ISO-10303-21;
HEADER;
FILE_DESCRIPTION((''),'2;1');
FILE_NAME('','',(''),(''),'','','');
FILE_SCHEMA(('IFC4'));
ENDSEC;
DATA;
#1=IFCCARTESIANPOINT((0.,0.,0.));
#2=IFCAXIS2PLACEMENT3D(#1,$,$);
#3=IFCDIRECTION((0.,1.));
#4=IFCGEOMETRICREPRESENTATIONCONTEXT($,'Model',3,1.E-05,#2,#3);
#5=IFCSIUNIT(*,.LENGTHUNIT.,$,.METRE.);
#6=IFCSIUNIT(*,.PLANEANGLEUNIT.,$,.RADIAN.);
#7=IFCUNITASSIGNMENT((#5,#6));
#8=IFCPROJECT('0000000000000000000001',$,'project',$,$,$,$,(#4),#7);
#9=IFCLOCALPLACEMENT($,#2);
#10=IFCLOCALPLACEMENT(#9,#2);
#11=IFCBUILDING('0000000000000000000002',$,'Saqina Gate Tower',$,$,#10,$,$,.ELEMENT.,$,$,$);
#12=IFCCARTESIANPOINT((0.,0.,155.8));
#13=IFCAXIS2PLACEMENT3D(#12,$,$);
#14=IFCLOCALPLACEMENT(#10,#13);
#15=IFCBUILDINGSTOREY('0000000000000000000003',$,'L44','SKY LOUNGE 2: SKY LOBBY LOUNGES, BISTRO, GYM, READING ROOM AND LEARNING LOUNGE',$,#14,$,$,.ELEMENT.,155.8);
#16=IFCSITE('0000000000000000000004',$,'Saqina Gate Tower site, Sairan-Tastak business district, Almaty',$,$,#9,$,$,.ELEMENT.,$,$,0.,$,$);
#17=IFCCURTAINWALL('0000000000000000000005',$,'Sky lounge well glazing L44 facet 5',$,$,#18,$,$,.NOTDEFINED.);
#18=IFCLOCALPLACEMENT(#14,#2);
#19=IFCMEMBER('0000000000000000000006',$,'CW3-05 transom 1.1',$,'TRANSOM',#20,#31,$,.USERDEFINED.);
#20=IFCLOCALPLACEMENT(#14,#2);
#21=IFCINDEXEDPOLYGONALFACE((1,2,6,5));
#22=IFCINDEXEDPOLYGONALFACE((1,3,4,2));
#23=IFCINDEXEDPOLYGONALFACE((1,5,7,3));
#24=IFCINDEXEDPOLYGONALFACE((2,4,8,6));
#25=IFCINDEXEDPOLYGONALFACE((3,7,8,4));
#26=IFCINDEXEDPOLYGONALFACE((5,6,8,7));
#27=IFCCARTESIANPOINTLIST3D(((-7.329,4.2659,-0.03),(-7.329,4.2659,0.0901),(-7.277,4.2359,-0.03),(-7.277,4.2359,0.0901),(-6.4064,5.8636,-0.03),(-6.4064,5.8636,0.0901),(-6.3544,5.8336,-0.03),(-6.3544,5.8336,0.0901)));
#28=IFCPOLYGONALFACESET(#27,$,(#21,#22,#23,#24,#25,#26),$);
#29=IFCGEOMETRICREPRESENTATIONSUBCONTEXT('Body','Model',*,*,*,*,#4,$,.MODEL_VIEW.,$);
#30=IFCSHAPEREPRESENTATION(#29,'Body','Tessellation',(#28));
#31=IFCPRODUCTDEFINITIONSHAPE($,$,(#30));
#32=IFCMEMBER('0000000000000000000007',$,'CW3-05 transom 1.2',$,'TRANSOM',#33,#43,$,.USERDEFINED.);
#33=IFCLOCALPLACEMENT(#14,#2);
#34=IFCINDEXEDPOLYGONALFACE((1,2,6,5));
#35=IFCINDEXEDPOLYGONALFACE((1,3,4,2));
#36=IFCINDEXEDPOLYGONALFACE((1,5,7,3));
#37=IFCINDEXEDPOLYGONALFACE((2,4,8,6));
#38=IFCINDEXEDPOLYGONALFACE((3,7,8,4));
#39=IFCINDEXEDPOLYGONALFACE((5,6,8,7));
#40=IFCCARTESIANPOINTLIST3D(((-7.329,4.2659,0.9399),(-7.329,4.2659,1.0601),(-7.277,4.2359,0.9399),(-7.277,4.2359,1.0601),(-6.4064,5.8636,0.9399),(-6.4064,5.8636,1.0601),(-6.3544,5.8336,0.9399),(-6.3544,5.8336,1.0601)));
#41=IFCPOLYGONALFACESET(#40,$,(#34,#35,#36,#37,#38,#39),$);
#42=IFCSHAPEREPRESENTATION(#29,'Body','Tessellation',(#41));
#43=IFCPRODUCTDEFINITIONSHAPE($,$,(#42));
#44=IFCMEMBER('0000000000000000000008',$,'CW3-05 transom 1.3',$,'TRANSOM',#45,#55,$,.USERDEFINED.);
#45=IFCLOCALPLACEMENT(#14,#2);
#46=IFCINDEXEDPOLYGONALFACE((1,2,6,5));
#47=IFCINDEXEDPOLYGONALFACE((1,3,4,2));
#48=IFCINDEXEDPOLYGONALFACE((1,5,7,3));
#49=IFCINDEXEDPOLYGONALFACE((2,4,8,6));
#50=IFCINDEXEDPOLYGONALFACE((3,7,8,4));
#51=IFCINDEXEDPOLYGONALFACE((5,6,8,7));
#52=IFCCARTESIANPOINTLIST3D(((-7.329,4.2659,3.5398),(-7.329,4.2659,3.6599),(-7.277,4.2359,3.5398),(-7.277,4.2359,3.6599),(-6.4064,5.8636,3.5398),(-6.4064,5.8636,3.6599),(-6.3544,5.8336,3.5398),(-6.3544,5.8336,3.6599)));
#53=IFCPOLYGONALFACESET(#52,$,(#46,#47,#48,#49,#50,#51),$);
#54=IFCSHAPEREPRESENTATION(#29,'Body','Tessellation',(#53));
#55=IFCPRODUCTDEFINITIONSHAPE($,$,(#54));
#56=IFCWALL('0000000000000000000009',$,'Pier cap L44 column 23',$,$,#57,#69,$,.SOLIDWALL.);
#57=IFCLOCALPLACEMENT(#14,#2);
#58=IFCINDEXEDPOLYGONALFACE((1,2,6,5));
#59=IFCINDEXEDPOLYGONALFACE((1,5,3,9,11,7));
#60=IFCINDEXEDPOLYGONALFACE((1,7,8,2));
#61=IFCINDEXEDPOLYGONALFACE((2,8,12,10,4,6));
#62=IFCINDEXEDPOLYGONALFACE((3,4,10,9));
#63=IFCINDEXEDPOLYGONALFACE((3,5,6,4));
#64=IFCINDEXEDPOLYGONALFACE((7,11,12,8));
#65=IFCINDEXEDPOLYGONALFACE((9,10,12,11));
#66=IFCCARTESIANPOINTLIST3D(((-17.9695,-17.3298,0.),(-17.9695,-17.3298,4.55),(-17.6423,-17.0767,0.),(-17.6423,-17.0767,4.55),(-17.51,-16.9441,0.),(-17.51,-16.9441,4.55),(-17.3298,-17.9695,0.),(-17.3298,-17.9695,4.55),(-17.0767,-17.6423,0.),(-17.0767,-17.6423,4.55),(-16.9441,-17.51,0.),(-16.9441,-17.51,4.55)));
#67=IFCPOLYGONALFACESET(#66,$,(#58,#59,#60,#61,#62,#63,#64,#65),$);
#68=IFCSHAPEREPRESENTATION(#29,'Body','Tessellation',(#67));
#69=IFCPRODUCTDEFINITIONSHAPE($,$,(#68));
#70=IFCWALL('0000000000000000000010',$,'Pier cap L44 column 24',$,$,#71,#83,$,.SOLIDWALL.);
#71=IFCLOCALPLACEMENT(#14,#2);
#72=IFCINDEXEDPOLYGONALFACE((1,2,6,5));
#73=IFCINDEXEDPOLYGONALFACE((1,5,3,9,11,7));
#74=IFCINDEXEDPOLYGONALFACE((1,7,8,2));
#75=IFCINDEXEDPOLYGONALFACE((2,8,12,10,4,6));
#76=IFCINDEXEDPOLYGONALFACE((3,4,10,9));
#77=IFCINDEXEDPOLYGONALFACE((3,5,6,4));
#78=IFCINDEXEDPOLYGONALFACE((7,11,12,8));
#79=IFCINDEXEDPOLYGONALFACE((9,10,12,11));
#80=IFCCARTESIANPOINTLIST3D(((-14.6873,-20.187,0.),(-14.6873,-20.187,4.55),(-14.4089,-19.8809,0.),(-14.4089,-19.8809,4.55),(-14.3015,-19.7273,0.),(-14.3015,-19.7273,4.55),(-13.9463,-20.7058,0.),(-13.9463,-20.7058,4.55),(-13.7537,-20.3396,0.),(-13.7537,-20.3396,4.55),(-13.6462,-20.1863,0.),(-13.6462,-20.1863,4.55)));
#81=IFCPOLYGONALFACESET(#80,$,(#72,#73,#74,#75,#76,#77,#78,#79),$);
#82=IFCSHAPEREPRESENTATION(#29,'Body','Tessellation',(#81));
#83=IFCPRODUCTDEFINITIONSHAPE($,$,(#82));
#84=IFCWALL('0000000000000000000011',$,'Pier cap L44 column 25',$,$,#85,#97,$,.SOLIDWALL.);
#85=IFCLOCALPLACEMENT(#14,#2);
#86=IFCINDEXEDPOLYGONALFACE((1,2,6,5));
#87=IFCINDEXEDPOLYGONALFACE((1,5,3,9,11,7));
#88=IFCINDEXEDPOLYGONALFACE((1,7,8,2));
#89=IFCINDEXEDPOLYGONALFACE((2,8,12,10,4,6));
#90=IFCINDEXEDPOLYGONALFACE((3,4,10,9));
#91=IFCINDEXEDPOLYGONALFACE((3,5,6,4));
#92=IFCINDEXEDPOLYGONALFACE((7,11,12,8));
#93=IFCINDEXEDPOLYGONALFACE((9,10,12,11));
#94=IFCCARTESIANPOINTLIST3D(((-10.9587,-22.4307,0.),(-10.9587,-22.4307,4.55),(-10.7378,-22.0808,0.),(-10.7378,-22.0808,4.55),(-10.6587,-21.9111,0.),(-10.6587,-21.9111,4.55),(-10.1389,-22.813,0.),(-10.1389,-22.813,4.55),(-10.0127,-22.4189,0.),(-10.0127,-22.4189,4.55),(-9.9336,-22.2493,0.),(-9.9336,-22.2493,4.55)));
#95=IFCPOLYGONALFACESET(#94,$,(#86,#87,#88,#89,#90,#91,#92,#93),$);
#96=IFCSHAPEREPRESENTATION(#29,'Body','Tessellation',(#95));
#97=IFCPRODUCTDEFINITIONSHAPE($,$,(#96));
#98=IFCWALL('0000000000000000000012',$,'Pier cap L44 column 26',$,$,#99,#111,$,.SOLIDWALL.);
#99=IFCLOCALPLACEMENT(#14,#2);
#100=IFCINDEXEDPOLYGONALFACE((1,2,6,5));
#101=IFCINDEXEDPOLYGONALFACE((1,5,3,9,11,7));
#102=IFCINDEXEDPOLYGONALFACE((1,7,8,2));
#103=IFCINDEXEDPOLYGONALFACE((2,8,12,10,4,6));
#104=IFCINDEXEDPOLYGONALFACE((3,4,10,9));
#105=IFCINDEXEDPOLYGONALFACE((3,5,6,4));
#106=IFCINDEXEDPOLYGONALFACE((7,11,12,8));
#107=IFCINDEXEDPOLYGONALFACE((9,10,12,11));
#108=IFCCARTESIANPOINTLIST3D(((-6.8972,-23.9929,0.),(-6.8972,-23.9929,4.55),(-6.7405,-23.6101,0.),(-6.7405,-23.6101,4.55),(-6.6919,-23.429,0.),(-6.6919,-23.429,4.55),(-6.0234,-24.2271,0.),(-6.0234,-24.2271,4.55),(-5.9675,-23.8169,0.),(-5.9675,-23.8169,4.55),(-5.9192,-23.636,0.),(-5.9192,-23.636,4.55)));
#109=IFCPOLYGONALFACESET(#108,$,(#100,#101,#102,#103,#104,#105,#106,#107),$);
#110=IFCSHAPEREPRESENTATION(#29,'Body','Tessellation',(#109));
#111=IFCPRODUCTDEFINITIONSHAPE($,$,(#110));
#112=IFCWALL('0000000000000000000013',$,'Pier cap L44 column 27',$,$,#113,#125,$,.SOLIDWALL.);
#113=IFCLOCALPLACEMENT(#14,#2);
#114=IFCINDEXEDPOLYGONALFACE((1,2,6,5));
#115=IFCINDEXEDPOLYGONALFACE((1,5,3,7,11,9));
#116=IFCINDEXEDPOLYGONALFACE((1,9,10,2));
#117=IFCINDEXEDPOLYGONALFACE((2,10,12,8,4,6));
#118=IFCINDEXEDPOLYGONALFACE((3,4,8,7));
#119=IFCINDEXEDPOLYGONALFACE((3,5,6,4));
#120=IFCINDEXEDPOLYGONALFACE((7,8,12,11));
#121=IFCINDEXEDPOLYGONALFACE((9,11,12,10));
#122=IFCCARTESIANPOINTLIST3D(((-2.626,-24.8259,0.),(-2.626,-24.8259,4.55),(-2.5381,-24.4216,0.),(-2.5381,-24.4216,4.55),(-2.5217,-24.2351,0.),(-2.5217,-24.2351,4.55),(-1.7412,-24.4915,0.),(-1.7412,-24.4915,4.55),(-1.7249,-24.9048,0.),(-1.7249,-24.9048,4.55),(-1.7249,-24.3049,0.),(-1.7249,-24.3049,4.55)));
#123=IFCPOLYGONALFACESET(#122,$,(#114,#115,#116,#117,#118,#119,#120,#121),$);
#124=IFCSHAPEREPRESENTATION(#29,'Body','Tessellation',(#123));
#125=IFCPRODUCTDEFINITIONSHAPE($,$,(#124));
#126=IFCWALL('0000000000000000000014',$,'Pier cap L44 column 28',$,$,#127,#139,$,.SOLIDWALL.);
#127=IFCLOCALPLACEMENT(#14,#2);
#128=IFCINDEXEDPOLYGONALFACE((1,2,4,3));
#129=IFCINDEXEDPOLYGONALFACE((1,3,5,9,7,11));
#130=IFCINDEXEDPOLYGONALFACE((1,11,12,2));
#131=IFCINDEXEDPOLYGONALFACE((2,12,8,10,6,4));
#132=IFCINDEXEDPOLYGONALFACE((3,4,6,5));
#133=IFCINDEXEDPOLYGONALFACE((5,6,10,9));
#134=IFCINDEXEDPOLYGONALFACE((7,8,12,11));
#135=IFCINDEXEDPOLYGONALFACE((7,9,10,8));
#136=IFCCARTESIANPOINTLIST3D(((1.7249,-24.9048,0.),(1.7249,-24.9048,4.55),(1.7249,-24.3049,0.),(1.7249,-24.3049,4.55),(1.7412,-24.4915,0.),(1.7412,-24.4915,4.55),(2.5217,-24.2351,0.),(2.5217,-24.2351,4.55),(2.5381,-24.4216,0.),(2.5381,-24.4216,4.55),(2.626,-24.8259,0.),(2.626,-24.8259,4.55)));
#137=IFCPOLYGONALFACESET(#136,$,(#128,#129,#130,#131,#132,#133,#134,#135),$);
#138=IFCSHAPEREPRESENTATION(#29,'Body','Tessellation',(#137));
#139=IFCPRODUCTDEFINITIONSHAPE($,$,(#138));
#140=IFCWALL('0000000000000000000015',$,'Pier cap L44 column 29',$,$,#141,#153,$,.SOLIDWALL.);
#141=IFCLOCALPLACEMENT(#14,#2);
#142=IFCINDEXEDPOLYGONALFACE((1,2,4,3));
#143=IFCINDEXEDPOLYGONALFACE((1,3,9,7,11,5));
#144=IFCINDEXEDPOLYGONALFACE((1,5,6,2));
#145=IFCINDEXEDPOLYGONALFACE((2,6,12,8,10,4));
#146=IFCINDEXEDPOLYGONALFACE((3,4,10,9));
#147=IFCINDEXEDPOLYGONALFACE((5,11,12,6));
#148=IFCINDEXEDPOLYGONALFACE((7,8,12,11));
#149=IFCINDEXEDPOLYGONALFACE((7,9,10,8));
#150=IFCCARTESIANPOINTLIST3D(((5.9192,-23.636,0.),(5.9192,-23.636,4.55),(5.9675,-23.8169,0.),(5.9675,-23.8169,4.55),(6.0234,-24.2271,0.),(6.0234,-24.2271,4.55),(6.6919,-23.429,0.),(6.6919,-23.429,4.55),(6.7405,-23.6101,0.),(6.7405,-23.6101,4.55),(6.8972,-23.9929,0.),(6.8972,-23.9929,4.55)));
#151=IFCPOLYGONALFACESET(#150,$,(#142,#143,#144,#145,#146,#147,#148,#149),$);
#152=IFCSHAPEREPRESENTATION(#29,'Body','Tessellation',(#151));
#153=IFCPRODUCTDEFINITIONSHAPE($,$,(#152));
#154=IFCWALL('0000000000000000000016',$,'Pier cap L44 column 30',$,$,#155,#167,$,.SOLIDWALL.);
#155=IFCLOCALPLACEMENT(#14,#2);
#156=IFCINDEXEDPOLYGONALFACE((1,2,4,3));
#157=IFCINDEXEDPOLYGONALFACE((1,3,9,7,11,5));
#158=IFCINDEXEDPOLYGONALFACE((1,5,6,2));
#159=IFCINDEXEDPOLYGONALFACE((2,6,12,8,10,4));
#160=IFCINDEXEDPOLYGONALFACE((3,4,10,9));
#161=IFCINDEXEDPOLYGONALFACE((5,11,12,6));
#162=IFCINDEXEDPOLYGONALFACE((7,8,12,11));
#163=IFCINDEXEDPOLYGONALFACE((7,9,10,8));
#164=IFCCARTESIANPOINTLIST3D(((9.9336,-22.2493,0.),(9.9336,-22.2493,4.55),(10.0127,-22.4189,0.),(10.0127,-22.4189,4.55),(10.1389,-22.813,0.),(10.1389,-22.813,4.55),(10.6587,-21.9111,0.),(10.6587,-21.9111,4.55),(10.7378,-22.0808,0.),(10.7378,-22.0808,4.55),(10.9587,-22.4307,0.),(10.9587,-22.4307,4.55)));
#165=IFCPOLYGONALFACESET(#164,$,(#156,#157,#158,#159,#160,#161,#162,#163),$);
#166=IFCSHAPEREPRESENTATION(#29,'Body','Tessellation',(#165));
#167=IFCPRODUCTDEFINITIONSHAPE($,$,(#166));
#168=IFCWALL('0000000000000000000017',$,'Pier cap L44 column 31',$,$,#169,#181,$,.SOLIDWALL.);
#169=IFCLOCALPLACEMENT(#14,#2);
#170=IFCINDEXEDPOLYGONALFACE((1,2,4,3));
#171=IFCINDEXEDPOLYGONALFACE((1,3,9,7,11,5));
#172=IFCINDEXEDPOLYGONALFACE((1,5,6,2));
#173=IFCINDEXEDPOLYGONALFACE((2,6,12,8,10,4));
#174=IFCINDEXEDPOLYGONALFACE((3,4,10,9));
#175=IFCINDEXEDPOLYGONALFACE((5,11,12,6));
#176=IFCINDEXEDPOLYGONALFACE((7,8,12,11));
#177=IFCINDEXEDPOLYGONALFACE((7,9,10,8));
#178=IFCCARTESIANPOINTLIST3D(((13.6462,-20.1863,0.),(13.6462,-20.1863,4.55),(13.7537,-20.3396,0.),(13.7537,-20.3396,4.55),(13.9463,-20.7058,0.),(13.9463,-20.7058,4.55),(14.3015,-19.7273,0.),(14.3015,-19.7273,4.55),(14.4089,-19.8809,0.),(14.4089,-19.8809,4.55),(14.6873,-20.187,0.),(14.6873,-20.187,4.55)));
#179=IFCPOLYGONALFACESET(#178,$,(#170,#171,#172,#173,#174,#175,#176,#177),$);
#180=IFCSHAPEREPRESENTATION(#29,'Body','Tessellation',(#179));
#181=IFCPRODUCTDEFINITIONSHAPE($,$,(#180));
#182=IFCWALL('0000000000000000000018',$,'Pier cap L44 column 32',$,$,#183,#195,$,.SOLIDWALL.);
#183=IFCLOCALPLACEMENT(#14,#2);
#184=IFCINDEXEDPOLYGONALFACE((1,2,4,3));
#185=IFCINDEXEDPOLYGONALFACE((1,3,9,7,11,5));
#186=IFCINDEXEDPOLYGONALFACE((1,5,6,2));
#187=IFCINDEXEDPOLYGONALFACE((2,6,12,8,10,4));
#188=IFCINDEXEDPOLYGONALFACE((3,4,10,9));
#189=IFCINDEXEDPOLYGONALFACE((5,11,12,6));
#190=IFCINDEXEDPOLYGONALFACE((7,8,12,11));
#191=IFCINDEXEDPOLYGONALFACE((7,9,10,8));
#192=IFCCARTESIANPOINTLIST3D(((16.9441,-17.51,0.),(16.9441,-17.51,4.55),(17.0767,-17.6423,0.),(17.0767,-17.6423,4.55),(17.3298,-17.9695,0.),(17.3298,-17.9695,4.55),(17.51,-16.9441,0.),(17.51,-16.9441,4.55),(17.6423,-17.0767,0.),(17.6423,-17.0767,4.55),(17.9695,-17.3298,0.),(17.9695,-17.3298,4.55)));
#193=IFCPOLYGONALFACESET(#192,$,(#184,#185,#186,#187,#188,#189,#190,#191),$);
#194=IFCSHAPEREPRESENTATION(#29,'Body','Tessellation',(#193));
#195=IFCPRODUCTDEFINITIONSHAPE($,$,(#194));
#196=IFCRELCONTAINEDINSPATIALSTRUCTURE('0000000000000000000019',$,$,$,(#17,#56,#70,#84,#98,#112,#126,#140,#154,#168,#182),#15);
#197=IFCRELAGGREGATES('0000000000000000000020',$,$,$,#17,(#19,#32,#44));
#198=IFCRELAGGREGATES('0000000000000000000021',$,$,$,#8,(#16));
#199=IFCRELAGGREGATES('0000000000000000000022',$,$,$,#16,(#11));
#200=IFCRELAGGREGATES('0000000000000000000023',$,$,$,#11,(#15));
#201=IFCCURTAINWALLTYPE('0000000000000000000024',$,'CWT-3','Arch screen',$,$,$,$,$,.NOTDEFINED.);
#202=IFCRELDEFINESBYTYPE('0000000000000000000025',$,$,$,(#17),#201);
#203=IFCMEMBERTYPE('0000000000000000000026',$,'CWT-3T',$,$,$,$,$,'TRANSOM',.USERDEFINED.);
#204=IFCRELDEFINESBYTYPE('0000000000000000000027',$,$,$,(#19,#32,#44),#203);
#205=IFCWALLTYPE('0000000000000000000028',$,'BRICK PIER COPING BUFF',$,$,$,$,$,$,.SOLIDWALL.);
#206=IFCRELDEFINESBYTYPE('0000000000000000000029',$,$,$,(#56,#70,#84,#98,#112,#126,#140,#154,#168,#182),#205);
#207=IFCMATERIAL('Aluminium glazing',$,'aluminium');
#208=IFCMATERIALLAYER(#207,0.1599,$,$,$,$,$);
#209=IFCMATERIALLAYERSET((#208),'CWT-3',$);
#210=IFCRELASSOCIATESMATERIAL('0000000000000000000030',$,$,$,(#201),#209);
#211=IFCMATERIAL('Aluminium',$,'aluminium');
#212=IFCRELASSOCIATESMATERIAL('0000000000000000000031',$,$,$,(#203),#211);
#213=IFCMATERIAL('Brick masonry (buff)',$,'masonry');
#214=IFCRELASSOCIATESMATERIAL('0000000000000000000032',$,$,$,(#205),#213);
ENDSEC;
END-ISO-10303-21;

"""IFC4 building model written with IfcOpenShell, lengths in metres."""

from ifc_helpers import new_model, si_unit, direction, frame, origin, origin_2d, place, context, subcontext, project, spatial, polyline, rectangle, outline, extrude, material, layer, layer_set, material_profile, profile_set, type_object, element, aggregate, save


model = new_model("IFC4")

# Units and contexts
model_context = context("Model", 3, precision=1e-05, world=origin(), true_north=direction((0.0, 1.0)))
body_context = subcontext(model_context, "Body", "Model", "MODEL_VIEW")
ifc_project = project(units=[si_unit("LENGTHUNIT", "METRE"), si_unit("PLANEANGLEUNIT", "RADIAN")], contexts=[model_context])

# Site, building, storey
site_placement = place(None, origin())
site = spatial("IfcSite", under=ifc_project, at=site_placement, Name="Saqina Gate Tower site, Sairan-Tastak business district, Almaty", CompositionType="ELEMENT", RefElevation=0.0)
building_placement = place(site_placement, origin())
building = spatial("IfcBuilding", under=site, at=building_placement, Name="Saqina Gate Tower", CompositionType="ELEMENT")
storey_placement = place(building_placement, frame((0.0, 0.0, 155.8)))
storey = spatial("IfcBuildingStorey", under=building, at=storey_placement, Name="L44", Description="SKY LOUNGE 2: SKY LOBBY LOUNGES, BISTRO, GYM, READING ROOM AND LEARNING LOUNGE", CompositionType="ELEMENT", Elevation=155.8)

# Curtain wall, members
ifc_material_1 = material(Name="Aluminium glazing", Category="aluminium")
ifc_layer = layer(ifc_material_1, 0.1599)
ifc_layer_set = layer_set([ifc_layer], Name="CWT-3")
curtain_wall_type = type_object("IfcCurtainWallType", Name="CWT-3", Description="Arch screen", PredefinedType="NOTDEFINED", material=ifc_layer_set)
curtain_wall_placement = place(storey_placement, origin())
curtain_wall = element("IfcCurtainWall", 1, at=curtain_wall_placement, inside=storey, type_object=curtain_wall_type, Name="Sky lounge well glazing L44 facet 5", PredefinedType="NOTDEFINED")
ifc_material_2 = material(Name="Aluminium", Category="aluminium")
ifc_material_profile = material_profile(ifc_material_2, rectangle(XDim=0.0601, YDim=0.1201, at=origin_2d()), Name="Aluminium 60x120")
ifc_profile_set = profile_set([ifc_material_profile], Name="Aluminium")
member_type = type_object("IfcMemberType", Name="CWT-3T", ElementType="TRANSOM", PredefinedType="USERDEFINED", material=ifc_profile_set)
member_1_placement = place(storey_placement, frame((-6.3804, 5.8486, 0.03), z_axis=(-0.500081, -0.865978, 0.0), x_axis=(0.865978, -0.500081, 0.0)))
member_1 = element("IfcMember", 2, at=member_1_placement, type_object=member_type, Name="CW3-05 transom 1.1", ObjectType="TRANSOM", PredefinedType="USERDEFINED", context=body_context, shape_type="SweptSolid", body=[
    extrude(rectangle(XDim=0.0601, YDim=0.1201, at=origin_2d()), origin(), (0.0, 0.0, 1.0), 1.845),
])
member_2_placement = place(storey_placement, frame((-6.3804, 5.8486, 1.0), z_axis=(-0.500081, -0.865978, 0.0), x_axis=(0.865978, -0.500081, 0.0)))
member_2 = element("IfcMember", 3, at=member_2_placement, type_object=member_type, Name="CW3-05 transom 1.2", ObjectType="TRANSOM", PredefinedType="USERDEFINED", context=body_context, shape_type="SweptSolid", body=[
    extrude(rectangle(XDim=0.0601, YDim=0.1201, at=origin_2d()), origin(), (0.0, 0.0, 1.0), 1.845),
])
member_3_placement = place(storey_placement, frame((-6.3804, 5.8486, 3.5999), z_axis=(-0.500081, -0.865978, 0.0), x_axis=(0.865978, -0.500081, 0.0)))
member_3 = element("IfcMember", 4, at=member_3_placement, type_object=member_type, Name="CW3-05 transom 1.3", ObjectType="TRANSOM", PredefinedType="USERDEFINED", context=body_context, shape_type="SweptSolid", body=[
    extrude(rectangle(XDim=0.0601, YDim=0.1201, at=origin_2d()), origin(), (0.0, 0.0, 1.0), 1.845),
])
aggregate(curtain_wall, [member_1, member_2, member_3])

# Walls
ifc_material_3 = material(Name="Brick masonry (buff)", Category="masonry")
wall_type_1 = type_object("IfcWallType", Name="BRICK PIER COPING BUFF", PredefinedType="SOLIDWALL", material=ifc_material_3)
wall_1_placement = place(storey_placement, origin())
element("IfcWall", 5, at=wall_1_placement, inside=storey, type_object=wall_type_1, Name="Pier cap L44 column 23", PredefinedType="SOLIDWALL", context=body_context, shape_type="SweptSolid", body=[
    extrude(outline(polyline([(-17.3298, -17.9695), (-16.9441, -17.51), (-17.0767, -17.6423), (-17.6423, -17.0767), (-17.51, -16.9441), (-17.9695, -17.3298), (-17.3298, -17.9695)])), origin(), (0.0, 0.0, 1.0), 4.55),
])
wall_2_placement = place(storey_placement, origin())
element("IfcWall", 6, at=wall_2_placement, inside=storey, type_object=wall_type_1, Name="Pier cap L44 column 24", PredefinedType="SOLIDWALL", context=body_context, shape_type="SweptSolid", body=[
    extrude(outline(polyline([(-14.6873, -20.187), (-13.9463, -20.7058), (-13.6462, -20.1863), (-13.7537, -20.3396), (-14.4089, -19.8809), (-14.3015, -19.7273), (-14.6873, -20.187)])), origin(), (0.0, 0.0, 1.0), 4.55),
])
wall_3_placement = place(storey_placement, origin())
element("IfcWall", 7, at=wall_3_placement, inside=storey, type_object=wall_type_1, Name="Pier cap L44 column 25", PredefinedType="SOLIDWALL", context=body_context, shape_type="SweptSolid", body=[
    extrude(outline(polyline([(-10.1389, -22.813), (-9.9336, -22.2493), (-10.0127, -22.4189), (-10.7378, -22.0808), (-10.6587, -21.9111), (-10.9587, -22.4307), (-10.1389, -22.813)])), origin(), (0.0, 0.0, 1.0), 4.55),
])
wall_4_placement = place(storey_placement, origin())
element("IfcWall", 8, at=wall_4_placement, inside=storey, type_object=wall_type_1, Name="Pier cap L44 column 26", PredefinedType="SOLIDWALL", context=body_context, shape_type="SweptSolid", body=[
    extrude(outline(polyline([(-6.0234, -24.2271), (-5.9192, -23.636), (-5.9675, -23.8169), (-6.7405, -23.6101), (-6.6919, -23.429), (-6.8972, -23.9929), (-6.0234, -24.2271)])), origin(), (0.0, 0.0, 1.0), 4.55),
])
wall_5_placement = place(storey_placement, origin())
element("IfcWall", 9, at=wall_5_placement, inside=storey, type_object=wall_type_1, Name="Pier cap L44 column 27", PredefinedType="SOLIDWALL", context=body_context, shape_type="SweptSolid", body=[
    extrude(outline(polyline([(-2.626, -24.8259), (-1.7249, -24.9048), (-1.7249, -24.3049), (-1.7412, -24.4915), (-2.5381, -24.4216), (-2.5217, -24.2351), (-2.626, -24.8259)])), origin(), (0.0, 0.0, 1.0), 4.55),
])
wall_6_placement = place(storey_placement, origin())
element("IfcWall", 10, at=wall_6_placement, inside=storey, type_object=wall_type_1, Name="Pier cap L44 column 28", PredefinedType="SOLIDWALL", context=body_context, shape_type="SweptSolid", body=[
    extrude(outline(polyline([(1.7249, -24.9048), (2.626, -24.8259), (2.5217, -24.2351), (2.5381, -24.4216), (1.7412, -24.4915), (1.7249, -24.3049), (1.7249, -24.9048)])), origin(), (0.0, 0.0, 1.0), 4.55),
])
wall_7_placement = place(storey_placement, origin())
element("IfcWall", 11, at=wall_7_placement, inside=storey, type_object=wall_type_1, Name="Pier cap L44 column 29", PredefinedType="SOLIDWALL", context=body_context, shape_type="SweptSolid", body=[
    extrude(outline(polyline([(6.0234, -24.2271), (6.8972, -23.9929), (6.6919, -23.429), (6.7405, -23.6101), (5.9675, -23.8169), (5.9192, -23.636), (6.0234, -24.2271)])), origin(), (0.0, 0.0, 1.0), 4.55),
])
wall_8_placement = place(storey_placement, origin())
element("IfcWall", 12, at=wall_8_placement, inside=storey, type_object=wall_type_1, Name="Pier cap L44 column 30", PredefinedType="SOLIDWALL", context=body_context, shape_type="SweptSolid", body=[
    extrude(outline(polyline([(10.9587, -22.4307), (10.6587, -21.9111), (10.7378, -22.0808), (10.0127, -22.4189), (9.9336, -22.2493), (10.1389, -22.813), (10.9587, -22.4307)])), origin(), (0.0, 0.0, 1.0), 4.55),
])
wall_9_placement = place(storey_placement, origin())
element("IfcWall", 13, at=wall_9_placement, inside=storey, type_object=wall_type_1, Name="Pier cap L44 column 31", PredefinedType="SOLIDWALL", context=body_context, shape_type="SweptSolid", body=[
    extrude(outline(polyline([(13.9463, -20.7058), (14.6873, -20.187), (14.3015, -19.7273), (14.4089, -19.8809), (13.7537, -20.3396), (13.6462, -20.1863), (13.9463, -20.7058)])), origin(), (0.0, 0.0, 1.0), 4.55),
])
wall_10_placement = place(storey_placement, origin())
element("IfcWall", 14, at=wall_10_placement, inside=storey, type_object=wall_type_1, Name="Pier cap L44 column 32", PredefinedType="SOLIDWALL", context=body_context, shape_type="SweptSolid", body=[
    extrude(outline(polyline([(17.9695, -17.3298), (17.51, -16.9441), (17.6423, -17.0767), (17.0767, -17.6423), (16.9441, -17.51), (17.3298, -17.9695), (17.9695, -17.3298)])), origin(), (0.0, 0.0, 1.0), 4.55),
])

save(model, "model.ifc")
